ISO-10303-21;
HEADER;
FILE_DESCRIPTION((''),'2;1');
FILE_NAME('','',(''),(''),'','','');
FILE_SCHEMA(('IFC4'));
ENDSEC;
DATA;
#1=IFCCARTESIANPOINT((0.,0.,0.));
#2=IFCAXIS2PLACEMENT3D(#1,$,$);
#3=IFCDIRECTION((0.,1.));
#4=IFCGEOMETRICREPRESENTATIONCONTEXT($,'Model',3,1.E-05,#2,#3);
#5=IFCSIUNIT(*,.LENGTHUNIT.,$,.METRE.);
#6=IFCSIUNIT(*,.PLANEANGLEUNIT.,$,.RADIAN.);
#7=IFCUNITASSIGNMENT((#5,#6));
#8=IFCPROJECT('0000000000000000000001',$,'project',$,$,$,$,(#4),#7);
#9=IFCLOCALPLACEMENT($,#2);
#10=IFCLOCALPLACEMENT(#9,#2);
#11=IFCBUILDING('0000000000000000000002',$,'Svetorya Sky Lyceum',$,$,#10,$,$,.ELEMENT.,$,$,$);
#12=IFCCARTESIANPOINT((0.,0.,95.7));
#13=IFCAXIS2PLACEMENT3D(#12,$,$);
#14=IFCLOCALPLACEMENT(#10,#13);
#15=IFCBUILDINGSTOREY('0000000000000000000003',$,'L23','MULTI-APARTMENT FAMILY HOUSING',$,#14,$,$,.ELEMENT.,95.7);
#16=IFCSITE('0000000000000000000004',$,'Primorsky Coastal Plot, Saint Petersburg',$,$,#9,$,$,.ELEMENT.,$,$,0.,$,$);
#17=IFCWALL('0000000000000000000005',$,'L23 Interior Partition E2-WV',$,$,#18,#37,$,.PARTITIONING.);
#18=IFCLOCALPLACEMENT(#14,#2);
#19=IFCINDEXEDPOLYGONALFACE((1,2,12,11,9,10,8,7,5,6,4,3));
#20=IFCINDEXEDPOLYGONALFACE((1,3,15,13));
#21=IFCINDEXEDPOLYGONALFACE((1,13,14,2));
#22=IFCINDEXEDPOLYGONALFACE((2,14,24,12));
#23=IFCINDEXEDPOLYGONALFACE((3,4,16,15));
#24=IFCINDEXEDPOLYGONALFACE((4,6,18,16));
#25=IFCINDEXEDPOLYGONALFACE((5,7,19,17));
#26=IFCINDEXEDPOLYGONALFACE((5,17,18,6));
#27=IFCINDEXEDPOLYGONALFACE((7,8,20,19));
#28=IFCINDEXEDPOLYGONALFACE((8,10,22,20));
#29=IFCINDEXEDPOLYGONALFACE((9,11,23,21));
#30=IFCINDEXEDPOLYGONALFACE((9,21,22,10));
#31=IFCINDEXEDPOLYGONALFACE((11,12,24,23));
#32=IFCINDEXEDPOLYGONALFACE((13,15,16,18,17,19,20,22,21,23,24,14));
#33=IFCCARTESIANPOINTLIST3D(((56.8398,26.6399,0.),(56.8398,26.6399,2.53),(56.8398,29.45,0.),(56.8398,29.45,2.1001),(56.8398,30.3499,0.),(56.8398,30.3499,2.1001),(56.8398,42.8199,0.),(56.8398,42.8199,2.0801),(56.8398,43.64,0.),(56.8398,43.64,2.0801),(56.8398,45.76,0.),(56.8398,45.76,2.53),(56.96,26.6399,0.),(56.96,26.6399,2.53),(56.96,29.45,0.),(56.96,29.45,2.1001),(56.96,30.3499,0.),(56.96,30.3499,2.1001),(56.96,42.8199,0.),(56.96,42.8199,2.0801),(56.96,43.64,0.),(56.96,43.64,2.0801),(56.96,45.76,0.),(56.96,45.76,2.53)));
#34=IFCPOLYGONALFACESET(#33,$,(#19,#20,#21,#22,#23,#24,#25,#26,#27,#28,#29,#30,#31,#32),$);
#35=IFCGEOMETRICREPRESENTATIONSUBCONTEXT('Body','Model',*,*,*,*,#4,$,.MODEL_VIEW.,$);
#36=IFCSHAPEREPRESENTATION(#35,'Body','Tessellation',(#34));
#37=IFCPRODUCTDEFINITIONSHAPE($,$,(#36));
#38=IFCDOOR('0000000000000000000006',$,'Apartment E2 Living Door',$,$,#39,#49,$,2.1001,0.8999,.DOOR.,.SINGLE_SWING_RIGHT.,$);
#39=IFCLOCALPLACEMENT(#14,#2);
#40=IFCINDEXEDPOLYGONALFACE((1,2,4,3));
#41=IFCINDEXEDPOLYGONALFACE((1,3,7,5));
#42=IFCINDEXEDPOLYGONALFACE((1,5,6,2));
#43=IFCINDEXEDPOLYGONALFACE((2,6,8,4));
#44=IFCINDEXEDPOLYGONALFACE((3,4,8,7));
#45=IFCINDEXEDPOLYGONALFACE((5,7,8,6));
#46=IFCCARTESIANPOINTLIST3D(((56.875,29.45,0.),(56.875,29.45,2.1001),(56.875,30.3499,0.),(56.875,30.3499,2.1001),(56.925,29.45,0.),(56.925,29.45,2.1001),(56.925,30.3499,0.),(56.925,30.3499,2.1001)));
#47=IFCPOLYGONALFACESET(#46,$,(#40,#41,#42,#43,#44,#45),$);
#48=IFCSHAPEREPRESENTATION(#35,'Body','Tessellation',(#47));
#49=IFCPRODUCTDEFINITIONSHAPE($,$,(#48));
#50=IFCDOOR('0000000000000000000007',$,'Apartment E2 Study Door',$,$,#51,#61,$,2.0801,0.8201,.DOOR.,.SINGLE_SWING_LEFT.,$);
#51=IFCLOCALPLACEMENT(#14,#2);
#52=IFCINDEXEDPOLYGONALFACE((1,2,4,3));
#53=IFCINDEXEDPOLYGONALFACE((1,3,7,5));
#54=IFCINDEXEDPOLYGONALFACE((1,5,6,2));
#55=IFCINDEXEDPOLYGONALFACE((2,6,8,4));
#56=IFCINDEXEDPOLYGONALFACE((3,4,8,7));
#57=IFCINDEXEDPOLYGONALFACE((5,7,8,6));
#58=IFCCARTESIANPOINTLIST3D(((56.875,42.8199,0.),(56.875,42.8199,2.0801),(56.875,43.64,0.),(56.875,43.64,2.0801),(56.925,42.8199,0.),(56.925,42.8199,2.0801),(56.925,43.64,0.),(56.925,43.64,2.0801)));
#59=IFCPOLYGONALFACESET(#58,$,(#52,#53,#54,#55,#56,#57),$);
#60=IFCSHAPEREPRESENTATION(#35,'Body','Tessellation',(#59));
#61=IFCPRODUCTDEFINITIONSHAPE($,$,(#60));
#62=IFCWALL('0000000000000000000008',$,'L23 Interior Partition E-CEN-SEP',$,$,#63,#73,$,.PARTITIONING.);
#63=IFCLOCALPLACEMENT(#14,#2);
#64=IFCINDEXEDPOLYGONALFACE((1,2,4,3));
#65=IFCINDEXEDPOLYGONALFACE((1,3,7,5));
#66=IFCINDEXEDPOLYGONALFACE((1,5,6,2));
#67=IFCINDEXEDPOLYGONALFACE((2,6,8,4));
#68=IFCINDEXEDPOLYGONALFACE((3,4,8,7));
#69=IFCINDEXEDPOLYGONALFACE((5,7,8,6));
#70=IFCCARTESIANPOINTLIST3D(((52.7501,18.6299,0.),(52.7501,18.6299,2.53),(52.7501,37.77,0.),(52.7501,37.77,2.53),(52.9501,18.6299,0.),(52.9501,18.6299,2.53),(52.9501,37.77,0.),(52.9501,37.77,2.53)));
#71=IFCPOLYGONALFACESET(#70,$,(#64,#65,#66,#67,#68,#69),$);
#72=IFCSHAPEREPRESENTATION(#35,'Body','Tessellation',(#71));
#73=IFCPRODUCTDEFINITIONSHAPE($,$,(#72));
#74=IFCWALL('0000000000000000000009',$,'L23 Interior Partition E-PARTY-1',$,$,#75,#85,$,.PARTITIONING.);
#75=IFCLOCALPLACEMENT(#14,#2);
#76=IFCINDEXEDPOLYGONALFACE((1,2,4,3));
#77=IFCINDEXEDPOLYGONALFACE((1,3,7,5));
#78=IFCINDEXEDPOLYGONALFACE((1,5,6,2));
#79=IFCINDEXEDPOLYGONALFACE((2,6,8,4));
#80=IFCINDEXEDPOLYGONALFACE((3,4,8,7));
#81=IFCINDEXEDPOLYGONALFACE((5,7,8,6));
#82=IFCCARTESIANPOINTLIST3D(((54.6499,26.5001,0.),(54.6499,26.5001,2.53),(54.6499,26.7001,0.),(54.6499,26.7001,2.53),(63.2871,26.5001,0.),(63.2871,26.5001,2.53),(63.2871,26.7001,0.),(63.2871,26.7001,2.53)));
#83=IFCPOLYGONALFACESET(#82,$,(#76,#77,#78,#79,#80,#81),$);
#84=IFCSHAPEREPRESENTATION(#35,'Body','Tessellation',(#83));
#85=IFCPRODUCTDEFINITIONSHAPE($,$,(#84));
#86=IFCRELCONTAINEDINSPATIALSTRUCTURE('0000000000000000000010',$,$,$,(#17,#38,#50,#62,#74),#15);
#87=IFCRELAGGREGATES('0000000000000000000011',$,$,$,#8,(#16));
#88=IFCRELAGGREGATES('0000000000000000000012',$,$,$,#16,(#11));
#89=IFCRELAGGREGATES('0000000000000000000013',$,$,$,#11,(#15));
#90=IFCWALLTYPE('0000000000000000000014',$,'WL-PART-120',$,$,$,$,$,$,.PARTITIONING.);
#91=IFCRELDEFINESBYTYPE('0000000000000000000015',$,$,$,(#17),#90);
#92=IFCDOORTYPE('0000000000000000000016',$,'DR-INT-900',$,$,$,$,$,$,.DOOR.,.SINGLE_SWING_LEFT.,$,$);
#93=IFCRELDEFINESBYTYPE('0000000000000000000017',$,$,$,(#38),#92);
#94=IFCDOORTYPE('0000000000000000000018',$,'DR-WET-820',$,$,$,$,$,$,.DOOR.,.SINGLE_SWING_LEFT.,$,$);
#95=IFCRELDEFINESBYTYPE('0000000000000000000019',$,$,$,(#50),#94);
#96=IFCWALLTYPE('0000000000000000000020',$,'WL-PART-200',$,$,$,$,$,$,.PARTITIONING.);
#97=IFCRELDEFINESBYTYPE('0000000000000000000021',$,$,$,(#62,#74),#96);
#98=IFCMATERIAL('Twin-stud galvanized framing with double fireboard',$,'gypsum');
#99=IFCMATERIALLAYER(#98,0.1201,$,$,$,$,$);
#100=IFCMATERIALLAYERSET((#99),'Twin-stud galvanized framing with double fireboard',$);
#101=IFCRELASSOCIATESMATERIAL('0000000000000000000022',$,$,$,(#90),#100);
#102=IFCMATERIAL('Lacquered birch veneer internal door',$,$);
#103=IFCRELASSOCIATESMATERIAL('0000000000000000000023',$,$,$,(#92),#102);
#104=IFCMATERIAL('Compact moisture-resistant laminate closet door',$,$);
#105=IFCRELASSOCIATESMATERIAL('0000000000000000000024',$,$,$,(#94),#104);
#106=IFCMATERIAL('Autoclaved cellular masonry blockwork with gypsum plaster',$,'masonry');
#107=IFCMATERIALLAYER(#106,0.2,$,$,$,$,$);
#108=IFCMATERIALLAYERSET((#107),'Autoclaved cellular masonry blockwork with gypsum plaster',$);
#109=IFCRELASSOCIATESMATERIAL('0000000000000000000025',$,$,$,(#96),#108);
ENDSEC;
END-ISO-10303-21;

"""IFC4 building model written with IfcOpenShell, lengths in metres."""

from ifc_helpers import new_model, si_unit, direction, frame, frame_2d, origin, place, context, subcontext, project, spatial, rectangle, extrude, material, layer, layer_set, type_object, element, fill, save


model = new_model("IFC4")

# Units and contexts
model_context = context("Model", 3, precision=1e-05, world=origin(), true_north=direction((0.0, 1.0)))
body_context = subcontext(model_context, "Body", "Model", "MODEL_VIEW")
ifc_project = project(units=[si_unit("LENGTHUNIT", "METRE"), si_unit("PLANEANGLEUNIT", "RADIAN")], contexts=[model_context])

# Site, building, storey
site_placement = place(None, origin())
site = spatial("IfcSite", under=ifc_project, at=site_placement, Name="Primorsky Coastal Plot, Saint Petersburg", CompositionType="ELEMENT", RefElevation=0.0)
building_placement = place(site_placement, origin())
building = spatial("IfcBuilding", under=site, at=building_placement, Name="Svetorya Sky Lyceum", CompositionType="ELEMENT")
storey_placement = place(building_placement, frame((0.0, 0.0, 95.7)))
storey = spatial("IfcBuildingStorey", under=building, at=storey_placement, Name="L23", Description="MULTI-APARTMENT FAMILY HOUSING", CompositionType="ELEMENT", Elevation=95.7)

# Shared definitions
ifc_material_1 = material(Name="Twin-stud galvanized framing with double fireboard", Category="gypsum")
ifc_layer_1 = layer(ifc_material_1, 0.1201)
ifc_layer_set_1 = layer_set([ifc_layer_1], Name="Twin-stud galvanized framing with double fireboard")
wall_type_1 = type_object("IfcWallType", Name="WL-PART-120", PredefinedType="PARTITIONING", material=ifc_layer_set_1)
ifc_material_2 = material(Name="Lacquered birch veneer internal door")
door_type_1 = type_object("IfcDoorType", Name="DR-INT-900", OperationType="SINGLE_SWING_LEFT", PredefinedType="DOOR", material=ifc_material_2)

# Wall, openings, doors
wall_1_placement = place(storey_placement, frame((56.8999, 26.6399, 0.0), z_axis=(0.0, 0.0, 1.0), x_axis=(0.0, 1.0, 0.0)))
wall_1 = element("IfcWall", 1, at=wall_1_placement, inside=storey, type_object=wall_type_1, Name="L23 Interior Partition E2-WV", PredefinedType="PARTITIONING", context=body_context, shape_type="SweptSolid", body=[
    extrude(rectangle(XDim=19.1201, YDim=0.1201, at=frame_2d((9.5601, 0.0))), origin(), (0.0, 0.0, 1.0), 2.53),
])
opening_1_placement = place(wall_1_placement, frame((2.8101, 0.0, 0.0)))
opening_1 = element("IfcOpeningElement", 2, at=opening_1_placement, cuts=wall_1, PredefinedType="OPENING", context=body_context, shape_type="SweptSolid", body=[
    extrude(rectangle(XDim=0.8999, YDim=2.1001, at=frame_2d((0.45, 1.05))), frame((0.0, 0.0701, 0.0), z_axis=(0.0, -1.0, 0.0), x_axis=(1.0, 0.0, 0.0)), (0.0, 0.0, 1.0), 0.1401),
])
opening_2_placement = place(wall_1_placement, frame((16.1799, 0.0, 0.0)))
opening_2 = element("IfcOpeningElement", 3, at=opening_2_placement, cuts=wall_1, PredefinedType="OPENING", context=body_context, shape_type="SweptSolid", body=[
    extrude(rectangle(XDim=0.8201, YDim=2.0801, at=frame_2d((0.4102, 1.04))), frame((0.0, 0.0701, 0.0), z_axis=(0.0, -1.0, 0.0), x_axis=(1.0, 0.0, 0.0)), (0.0, 0.0, 1.0), 0.1401),
])
door_1_placement = place(opening_1_placement, origin())
door_1 = element("IfcDoor", 4, at=door_1_placement, inside=storey, type_object=door_type_1, Name="Apartment E2 Living Door", OperationType="SINGLE_SWING_RIGHT", OverallHeight=2.1001, OverallWidth=0.8999, PredefinedType="DOOR", context=body_context, shape_type="SweptSolid", body=[
    extrude(rectangle(XDim=0.8999, YDim=2.1001, at=frame_2d((0.45, 1.05))), frame((0.0, 0.0249, 0.0), z_axis=(0.0, -1.0, 0.0), x_axis=(1.0, 0.0, 0.0)), (0.0, 0.0, 1.0), 0.05),
])
fill(opening_1, door_1)
ifc_material_3 = material(Name="Compact moisture-resistant laminate closet door")
door_type_2 = type_object("IfcDoorType", Name="DR-WET-820", OperationType="SINGLE_SWING_LEFT", PredefinedType="DOOR", material=ifc_material_3)
door_2_placement = place(opening_2_placement, origin())
door_2 = element("IfcDoor", 5, at=door_2_placement, inside=storey, type_object=door_type_2, Name="Apartment E2 Study Door", OperationType="SINGLE_SWING_LEFT", OverallHeight=2.0801, OverallWidth=0.8201, PredefinedType="DOOR", context=body_context, shape_type="SweptSolid", body=[
    extrude(rectangle(XDim=0.8201, YDim=2.0801, at=frame_2d((0.4102, 1.04))), frame((0.0, 0.0249, 0.0), z_axis=(0.0, -1.0, 0.0), x_axis=(1.0, 0.0, 0.0)), (0.0, 0.0, 1.0), 0.05),
])
fill(opening_2, door_2)

# Walls
ifc_material_4 = material(Name="Autoclaved cellular masonry blockwork with gypsum plaster", Category="masonry")
ifc_layer_2 = layer(ifc_material_4, 0.2)
ifc_layer_set_2 = layer_set([ifc_layer_2], Name="Autoclaved cellular masonry blockwork with gypsum plaster")
wall_type_2 = type_object("IfcWallType", Name="WL-PART-200", PredefinedType="PARTITIONING", material=ifc_layer_set_2)
wall_2_placement = place(storey_placement, frame((52.8501, 18.6299, 0.0), z_axis=(0.0, 0.0, 1.0), x_axis=(0.0, 1.0, 0.0)))
element("IfcWall", 6, at=wall_2_placement, inside=storey, type_object=wall_type_2, Name="L23 Interior Partition E-CEN-SEP", PredefinedType="PARTITIONING", context=body_context, shape_type="SweptSolid", body=[
    extrude(rectangle(XDim=19.1401, YDim=0.2, at=frame_2d((9.5701, 0.0))), origin(), (0.0, 0.0, 1.0), 2.53),
])
wall_3_placement = place(storey_placement, frame((54.6499, 26.6001, 0.0), z_axis=(0.0, 0.0, 1.0), x_axis=(1.0, 0.0, 0.0)))
element("IfcWall", 7, at=wall_3_placement, inside=storey, type_object=wall_type_2, Name="L23 Interior Partition E-PARTY-1", PredefinedType="PARTITIONING", context=body_context, shape_type="SweptSolid", body=[
    extrude(rectangle(XDim=8.6372, YDim=0.2, at=frame_2d((4.3186, 0.0))), origin(), (0.0, 0.0, 1.0), 2.53),
])

save(model, "model.ifc")
